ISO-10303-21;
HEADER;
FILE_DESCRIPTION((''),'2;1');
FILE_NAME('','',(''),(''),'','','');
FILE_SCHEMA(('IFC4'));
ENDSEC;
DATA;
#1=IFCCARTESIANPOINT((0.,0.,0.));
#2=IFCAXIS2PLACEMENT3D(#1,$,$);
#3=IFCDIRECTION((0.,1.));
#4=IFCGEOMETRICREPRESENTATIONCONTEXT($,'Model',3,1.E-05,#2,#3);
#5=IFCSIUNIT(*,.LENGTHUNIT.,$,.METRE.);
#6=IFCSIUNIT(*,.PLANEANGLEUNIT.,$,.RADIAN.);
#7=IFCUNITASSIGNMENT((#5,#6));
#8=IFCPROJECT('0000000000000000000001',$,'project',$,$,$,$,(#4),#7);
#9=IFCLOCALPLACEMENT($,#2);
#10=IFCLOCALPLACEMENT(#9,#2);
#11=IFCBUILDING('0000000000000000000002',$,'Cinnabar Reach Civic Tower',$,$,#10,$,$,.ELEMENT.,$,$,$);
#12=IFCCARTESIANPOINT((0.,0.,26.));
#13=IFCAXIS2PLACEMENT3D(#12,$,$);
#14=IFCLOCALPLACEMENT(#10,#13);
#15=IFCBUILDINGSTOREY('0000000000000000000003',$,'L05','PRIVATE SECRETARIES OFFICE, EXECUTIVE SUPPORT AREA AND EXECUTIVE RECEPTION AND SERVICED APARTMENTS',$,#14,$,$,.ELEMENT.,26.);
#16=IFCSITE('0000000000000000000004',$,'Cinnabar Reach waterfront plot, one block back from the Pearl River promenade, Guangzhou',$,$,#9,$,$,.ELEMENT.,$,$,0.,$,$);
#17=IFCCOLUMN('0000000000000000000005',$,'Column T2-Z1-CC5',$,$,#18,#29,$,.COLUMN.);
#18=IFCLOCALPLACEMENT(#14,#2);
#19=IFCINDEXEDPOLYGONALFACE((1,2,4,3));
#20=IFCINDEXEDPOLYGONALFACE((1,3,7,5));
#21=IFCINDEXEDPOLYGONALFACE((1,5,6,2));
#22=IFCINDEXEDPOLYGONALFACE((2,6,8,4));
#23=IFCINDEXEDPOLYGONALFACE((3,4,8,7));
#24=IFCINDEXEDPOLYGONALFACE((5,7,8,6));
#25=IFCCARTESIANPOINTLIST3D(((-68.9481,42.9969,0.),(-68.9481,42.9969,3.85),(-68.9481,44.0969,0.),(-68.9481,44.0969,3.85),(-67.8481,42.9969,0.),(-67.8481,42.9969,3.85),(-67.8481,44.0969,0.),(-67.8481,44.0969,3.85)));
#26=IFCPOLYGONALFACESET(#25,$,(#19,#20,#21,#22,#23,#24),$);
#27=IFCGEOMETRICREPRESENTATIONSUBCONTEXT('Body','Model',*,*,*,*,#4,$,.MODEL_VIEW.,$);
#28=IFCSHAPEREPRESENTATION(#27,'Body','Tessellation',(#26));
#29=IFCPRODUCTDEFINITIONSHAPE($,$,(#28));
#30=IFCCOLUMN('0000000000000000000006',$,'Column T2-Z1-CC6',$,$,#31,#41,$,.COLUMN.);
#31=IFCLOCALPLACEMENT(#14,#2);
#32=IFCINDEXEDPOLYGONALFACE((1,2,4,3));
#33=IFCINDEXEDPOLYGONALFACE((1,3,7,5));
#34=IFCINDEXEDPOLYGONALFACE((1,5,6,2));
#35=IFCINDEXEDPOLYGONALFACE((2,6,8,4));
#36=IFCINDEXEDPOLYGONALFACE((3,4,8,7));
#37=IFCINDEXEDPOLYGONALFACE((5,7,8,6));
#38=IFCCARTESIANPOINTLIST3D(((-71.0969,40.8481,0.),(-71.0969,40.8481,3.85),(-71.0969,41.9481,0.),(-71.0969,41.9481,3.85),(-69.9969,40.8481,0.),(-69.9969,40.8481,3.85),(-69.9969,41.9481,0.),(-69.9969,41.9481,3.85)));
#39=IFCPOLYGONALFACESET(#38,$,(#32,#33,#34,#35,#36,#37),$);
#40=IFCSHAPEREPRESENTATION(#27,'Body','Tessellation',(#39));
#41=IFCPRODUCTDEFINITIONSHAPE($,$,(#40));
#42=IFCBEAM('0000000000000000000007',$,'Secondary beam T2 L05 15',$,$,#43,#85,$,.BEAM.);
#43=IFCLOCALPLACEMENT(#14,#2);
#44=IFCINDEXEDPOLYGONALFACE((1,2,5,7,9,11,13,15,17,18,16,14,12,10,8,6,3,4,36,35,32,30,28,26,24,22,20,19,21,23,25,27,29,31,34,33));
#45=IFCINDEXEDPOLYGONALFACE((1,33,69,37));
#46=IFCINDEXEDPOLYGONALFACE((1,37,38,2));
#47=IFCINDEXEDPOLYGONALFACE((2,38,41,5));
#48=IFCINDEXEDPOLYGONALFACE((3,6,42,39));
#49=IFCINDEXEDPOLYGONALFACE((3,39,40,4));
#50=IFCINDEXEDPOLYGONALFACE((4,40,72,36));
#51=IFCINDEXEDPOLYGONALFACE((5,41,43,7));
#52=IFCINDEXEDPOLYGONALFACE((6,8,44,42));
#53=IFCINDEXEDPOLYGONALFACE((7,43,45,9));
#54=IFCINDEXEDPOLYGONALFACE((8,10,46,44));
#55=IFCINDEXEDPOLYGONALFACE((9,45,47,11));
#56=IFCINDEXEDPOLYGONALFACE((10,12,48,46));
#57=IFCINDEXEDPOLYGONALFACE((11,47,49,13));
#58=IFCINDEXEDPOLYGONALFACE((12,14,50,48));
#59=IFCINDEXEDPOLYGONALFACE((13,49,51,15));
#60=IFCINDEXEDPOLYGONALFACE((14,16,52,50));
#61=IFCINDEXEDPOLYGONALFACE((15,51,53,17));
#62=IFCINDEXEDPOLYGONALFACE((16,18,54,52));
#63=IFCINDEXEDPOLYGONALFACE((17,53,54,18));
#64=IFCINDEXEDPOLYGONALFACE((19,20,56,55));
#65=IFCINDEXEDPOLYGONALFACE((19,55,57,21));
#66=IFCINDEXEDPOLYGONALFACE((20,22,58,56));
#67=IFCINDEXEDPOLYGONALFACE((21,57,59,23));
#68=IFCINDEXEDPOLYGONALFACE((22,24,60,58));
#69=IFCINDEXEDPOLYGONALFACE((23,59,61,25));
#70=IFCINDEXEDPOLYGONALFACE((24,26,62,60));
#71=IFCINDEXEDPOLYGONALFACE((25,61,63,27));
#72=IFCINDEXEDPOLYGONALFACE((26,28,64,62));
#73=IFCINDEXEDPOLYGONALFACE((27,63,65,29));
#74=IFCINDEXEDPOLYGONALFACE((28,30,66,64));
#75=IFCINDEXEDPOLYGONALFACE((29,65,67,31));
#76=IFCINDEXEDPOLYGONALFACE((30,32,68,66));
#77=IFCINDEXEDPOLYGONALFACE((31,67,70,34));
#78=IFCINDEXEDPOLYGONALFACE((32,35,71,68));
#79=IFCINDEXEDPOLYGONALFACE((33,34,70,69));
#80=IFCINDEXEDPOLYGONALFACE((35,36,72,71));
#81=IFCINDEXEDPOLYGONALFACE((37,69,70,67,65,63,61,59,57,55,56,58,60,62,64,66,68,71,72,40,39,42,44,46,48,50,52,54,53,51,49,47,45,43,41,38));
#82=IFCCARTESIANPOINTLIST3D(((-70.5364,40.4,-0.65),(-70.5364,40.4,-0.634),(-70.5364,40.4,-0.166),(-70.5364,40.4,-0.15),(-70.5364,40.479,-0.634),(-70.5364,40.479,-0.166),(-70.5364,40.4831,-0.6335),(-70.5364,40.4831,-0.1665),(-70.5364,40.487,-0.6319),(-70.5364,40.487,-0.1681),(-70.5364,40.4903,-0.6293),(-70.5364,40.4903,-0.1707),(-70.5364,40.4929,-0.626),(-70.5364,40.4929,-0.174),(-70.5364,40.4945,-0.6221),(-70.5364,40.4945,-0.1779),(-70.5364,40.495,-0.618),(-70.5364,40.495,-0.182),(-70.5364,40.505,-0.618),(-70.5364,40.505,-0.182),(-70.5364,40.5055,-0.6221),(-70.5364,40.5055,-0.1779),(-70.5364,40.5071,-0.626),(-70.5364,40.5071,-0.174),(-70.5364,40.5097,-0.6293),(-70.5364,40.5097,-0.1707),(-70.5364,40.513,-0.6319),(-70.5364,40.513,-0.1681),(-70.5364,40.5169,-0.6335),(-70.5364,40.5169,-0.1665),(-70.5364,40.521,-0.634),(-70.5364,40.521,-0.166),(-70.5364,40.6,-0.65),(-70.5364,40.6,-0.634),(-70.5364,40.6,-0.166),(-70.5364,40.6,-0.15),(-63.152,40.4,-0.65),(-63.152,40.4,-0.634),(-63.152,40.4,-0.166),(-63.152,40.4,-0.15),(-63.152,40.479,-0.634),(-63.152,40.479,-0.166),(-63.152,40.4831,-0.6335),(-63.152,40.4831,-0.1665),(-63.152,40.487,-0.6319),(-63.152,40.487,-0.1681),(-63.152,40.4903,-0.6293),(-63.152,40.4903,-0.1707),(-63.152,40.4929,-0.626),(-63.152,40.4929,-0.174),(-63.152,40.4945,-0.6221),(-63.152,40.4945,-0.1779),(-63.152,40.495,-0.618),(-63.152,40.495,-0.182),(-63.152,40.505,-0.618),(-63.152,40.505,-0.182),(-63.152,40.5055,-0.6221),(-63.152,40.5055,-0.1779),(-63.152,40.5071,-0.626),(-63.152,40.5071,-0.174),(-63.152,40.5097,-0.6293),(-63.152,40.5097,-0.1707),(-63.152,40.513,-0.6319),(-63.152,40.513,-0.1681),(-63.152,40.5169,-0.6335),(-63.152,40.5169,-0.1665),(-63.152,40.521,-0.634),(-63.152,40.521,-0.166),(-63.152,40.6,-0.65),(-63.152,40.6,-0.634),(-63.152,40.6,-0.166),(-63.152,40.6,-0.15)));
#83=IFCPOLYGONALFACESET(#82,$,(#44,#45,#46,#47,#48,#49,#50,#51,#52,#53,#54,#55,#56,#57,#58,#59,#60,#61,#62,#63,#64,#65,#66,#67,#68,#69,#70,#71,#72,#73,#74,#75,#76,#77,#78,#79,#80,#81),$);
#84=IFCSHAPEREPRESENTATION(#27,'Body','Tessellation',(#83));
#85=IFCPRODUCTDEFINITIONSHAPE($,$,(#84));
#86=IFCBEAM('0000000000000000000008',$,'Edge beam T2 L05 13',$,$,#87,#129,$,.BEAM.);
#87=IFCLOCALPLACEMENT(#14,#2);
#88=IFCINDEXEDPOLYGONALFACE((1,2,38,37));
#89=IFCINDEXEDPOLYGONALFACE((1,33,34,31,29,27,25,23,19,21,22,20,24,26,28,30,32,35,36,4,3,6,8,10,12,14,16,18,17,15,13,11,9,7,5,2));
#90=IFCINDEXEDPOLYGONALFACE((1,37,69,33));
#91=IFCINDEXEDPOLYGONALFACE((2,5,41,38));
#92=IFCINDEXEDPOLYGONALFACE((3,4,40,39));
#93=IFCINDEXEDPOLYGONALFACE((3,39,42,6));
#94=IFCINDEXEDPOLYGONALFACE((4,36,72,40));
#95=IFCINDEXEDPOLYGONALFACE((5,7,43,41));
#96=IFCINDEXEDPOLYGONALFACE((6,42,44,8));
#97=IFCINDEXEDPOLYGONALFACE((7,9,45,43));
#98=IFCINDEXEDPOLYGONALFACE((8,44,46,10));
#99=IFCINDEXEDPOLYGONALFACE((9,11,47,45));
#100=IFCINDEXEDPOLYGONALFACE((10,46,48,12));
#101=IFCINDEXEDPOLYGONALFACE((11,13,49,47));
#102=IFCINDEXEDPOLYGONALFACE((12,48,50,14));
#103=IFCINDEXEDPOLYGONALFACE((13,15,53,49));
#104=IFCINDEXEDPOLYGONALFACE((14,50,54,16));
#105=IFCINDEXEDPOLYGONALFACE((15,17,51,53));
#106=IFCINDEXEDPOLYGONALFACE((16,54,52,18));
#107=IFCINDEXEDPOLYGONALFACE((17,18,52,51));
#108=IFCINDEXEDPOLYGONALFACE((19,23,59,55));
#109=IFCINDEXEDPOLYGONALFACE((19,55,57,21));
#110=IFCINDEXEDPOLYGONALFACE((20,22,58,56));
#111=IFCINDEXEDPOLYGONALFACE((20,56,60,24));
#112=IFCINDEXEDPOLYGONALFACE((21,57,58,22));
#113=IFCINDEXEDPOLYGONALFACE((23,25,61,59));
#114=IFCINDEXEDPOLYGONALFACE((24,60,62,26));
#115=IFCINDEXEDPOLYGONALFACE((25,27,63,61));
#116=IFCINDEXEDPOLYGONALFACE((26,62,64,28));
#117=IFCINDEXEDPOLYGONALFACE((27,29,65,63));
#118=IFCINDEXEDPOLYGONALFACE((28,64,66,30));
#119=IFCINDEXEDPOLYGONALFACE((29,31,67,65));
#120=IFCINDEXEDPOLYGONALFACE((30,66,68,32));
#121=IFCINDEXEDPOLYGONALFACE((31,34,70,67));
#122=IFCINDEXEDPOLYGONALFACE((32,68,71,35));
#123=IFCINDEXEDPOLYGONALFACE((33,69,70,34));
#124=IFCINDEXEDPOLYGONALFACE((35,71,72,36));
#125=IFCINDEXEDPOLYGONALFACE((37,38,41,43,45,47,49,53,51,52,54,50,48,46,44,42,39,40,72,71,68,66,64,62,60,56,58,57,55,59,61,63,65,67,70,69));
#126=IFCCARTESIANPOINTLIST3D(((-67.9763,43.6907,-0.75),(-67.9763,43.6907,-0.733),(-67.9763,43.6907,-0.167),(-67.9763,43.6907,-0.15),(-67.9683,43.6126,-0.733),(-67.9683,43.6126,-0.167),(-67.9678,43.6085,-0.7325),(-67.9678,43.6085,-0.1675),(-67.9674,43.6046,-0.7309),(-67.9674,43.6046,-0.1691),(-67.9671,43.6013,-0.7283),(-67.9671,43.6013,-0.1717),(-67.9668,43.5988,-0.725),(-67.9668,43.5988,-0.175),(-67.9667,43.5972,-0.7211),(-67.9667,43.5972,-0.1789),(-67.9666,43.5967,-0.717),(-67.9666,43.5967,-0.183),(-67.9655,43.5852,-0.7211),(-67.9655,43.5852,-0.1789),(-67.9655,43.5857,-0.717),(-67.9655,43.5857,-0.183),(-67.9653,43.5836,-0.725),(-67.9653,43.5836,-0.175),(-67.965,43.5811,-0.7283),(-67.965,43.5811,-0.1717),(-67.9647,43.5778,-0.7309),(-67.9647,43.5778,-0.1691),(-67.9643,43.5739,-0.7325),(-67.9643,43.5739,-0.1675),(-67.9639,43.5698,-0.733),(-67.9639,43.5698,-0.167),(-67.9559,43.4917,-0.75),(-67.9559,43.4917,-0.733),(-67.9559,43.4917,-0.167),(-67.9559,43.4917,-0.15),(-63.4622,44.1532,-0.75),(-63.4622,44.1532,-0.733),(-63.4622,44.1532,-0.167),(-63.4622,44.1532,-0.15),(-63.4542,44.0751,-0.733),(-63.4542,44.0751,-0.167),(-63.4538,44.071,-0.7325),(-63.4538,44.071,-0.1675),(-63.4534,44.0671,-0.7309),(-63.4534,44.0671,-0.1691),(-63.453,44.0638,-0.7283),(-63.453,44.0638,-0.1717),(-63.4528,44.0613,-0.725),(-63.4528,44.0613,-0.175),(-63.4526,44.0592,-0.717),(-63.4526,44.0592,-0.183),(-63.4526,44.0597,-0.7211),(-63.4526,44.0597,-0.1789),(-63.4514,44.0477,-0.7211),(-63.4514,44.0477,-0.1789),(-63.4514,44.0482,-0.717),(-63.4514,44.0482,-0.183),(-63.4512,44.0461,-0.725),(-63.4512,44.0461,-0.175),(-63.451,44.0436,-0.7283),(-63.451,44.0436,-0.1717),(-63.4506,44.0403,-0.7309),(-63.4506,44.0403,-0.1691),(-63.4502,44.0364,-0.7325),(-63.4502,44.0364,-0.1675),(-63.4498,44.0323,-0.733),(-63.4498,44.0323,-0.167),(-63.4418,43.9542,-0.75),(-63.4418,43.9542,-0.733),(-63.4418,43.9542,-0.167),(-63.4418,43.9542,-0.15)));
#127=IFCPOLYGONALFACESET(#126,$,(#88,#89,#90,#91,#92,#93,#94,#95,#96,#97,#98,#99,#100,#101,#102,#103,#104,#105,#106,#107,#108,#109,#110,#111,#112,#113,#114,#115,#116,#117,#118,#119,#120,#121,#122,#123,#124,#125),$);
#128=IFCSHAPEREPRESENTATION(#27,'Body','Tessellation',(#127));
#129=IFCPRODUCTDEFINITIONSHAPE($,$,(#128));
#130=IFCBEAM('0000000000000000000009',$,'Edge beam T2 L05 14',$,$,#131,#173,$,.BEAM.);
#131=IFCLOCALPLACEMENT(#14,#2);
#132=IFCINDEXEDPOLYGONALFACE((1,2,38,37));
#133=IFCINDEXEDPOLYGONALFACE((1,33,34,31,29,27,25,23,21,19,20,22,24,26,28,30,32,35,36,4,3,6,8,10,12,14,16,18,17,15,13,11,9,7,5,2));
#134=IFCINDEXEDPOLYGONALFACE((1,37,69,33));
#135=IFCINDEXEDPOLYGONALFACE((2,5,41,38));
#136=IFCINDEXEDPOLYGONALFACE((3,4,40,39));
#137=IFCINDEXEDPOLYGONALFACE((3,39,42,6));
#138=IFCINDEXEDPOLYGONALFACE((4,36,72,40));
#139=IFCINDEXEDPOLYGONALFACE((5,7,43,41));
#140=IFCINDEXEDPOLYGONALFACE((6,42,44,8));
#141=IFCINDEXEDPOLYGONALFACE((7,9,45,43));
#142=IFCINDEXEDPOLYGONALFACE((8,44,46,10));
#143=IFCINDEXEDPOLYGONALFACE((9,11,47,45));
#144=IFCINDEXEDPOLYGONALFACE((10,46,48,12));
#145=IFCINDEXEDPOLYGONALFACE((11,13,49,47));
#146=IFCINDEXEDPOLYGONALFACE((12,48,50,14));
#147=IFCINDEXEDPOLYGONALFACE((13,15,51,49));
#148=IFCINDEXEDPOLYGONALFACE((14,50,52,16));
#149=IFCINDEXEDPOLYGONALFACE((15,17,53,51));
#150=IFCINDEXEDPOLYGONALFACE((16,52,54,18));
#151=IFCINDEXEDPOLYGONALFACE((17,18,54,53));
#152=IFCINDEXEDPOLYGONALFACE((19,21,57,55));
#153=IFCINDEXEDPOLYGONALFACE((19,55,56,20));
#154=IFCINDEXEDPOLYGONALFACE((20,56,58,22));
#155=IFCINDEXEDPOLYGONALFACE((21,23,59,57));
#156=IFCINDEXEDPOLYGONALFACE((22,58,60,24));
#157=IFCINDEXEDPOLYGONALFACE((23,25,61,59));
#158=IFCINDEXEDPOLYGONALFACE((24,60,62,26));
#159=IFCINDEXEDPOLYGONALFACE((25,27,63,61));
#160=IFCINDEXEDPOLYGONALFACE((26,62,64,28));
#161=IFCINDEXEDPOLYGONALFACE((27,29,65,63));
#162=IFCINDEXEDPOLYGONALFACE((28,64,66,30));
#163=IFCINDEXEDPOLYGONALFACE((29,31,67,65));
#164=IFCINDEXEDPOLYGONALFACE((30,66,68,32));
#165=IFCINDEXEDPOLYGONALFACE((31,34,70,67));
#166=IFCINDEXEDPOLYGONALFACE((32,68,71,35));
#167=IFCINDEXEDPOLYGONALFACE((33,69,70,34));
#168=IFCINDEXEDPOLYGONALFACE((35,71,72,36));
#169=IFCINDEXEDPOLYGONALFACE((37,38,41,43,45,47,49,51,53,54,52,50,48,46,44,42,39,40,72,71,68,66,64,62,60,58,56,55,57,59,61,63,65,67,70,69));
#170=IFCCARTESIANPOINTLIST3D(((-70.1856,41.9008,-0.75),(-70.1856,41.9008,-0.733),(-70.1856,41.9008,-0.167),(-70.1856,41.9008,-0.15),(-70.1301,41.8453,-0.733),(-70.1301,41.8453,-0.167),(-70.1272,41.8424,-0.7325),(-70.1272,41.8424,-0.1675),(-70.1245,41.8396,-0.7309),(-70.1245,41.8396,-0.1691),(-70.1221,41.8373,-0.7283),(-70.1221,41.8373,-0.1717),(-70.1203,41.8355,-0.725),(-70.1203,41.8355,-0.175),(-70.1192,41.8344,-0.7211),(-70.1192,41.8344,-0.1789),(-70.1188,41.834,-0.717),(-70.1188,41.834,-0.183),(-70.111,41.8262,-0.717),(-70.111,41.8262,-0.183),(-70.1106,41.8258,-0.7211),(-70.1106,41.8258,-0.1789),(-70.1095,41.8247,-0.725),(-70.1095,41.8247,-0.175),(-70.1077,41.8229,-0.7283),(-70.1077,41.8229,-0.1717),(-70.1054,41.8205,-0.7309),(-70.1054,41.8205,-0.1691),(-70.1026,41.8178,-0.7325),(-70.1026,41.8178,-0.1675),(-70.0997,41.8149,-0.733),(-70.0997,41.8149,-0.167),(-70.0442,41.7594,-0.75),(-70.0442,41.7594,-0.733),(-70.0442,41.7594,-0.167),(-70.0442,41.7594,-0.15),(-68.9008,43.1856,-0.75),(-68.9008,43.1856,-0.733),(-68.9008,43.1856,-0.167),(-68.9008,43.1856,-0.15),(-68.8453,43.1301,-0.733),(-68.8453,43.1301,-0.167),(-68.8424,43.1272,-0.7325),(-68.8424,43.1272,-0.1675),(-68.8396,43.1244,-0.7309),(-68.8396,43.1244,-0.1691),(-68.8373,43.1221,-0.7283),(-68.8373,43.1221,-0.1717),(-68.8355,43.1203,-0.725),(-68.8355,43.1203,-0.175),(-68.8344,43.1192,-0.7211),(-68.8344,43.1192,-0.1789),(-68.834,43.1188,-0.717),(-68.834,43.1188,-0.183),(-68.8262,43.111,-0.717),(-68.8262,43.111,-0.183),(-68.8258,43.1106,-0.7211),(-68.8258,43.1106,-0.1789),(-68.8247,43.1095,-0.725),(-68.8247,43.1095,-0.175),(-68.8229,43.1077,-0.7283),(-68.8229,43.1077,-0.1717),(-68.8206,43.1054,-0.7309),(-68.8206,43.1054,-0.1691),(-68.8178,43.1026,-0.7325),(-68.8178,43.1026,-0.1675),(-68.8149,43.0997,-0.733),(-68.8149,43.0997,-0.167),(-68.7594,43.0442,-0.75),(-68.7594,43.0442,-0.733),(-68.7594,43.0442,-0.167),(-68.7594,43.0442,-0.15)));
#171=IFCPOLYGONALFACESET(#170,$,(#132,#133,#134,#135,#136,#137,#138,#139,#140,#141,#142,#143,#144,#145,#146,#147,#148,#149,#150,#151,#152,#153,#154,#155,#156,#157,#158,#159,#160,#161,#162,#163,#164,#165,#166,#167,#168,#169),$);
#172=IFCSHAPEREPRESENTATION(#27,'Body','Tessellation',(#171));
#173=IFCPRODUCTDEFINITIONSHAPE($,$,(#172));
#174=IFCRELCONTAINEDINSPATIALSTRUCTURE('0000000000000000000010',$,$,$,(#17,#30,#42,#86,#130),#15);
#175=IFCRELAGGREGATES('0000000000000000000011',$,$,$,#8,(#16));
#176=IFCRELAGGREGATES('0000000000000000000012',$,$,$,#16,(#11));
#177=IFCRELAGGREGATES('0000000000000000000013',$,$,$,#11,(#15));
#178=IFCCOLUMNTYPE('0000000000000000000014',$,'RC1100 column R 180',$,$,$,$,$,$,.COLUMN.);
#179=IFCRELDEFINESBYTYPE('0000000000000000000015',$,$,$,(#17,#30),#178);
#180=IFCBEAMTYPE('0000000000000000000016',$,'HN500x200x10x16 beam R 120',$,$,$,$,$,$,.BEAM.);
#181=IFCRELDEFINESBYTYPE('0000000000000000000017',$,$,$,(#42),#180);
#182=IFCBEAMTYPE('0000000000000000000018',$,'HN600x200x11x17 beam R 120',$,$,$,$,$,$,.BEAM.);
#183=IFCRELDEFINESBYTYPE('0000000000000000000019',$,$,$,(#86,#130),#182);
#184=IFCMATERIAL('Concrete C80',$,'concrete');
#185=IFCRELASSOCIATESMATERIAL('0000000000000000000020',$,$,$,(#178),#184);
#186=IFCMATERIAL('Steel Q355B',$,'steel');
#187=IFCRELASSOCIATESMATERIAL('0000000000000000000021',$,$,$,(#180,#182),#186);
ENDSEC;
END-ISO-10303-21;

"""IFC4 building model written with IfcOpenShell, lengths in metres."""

from ifc_helpers import new_model, si_unit, direction, frame, origin, origin_2d, place, context, subcontext, project, spatial, rectangle, i_section, extrude, material, material_profile, profile_set, type_object, element, save


model = new_model("IFC4")

# Units and contexts
model_context = context("Model", 3, precision=1e-05, world=origin(), true_north=direction((0.0, 1.0)))
body_context = subcontext(model_context, "Body", "Model", "MODEL_VIEW")
ifc_project = project(units=[si_unit("LENGTHUNIT", "METRE"), si_unit("PLANEANGLEUNIT", "RADIAN")], contexts=[model_context])

# Site, building, storey
site_placement = place(None, origin())
site = spatial("IfcSite", under=ifc_project, at=site_placement, Name="Cinnabar Reach waterfront plot, one block back from the Pearl River promenade, Guangzhou", CompositionType="ELEMENT", RefElevation=0.0)
building_placement = place(site_placement, origin())
building = spatial("IfcBuilding", under=site, at=building_placement, Name="Cinnabar Reach Civic Tower", CompositionType="ELEMENT")
storey_placement = place(building_placement, frame((0.0, 0.0, 26.0)))
storey = spatial("IfcBuildingStorey", under=building, at=storey_placement, Name="L05", Description="PRIVATE SECRETARIES OFFICE, EXECUTIVE SUPPORT AREA AND EXECUTIVE RECEPTION AND SERVICED APARTMENTS", CompositionType="ELEMENT", Elevation=26.0)

# Columns
ifc_material_1 = material(Name="Concrete C80", Category="concrete")
ifc_material_profile_1 = material_profile(ifc_material_1, rectangle(XDim=1.1, YDim=1.1, at=origin_2d()), Name="RC1100")
ifc_profile_set_1 = profile_set([ifc_material_profile_1], Name="Concrete C80")
column_type = type_object("IfcColumnType", Name="RC1100 column R 180", PredefinedType="COLUMN", material=ifc_profile_set_1)
for number, where, z_axis, x_axis, name in (
    (1, (-68.3981, 43.5469, 0.0), (0.0, 0.0, 1.0), (1.0, 0.0, 0.0), "Column T2-Z1-CC5"),
    (2, (-70.5469, 41.3981, 0.0), (0.0, 0.0, 1.0), (1.0, 0.0, 0.0), "Column T2-Z1-CC6"),
):
    element("IfcColumn", number, at=place(storey_placement, frame(where, z_axis=z_axis, x_axis=x_axis)), inside=storey, type_object=column_type, Name=name, PredefinedType="COLUMN", context=body_context, shape_type="SweptSolid", body=[
        extrude(rectangle(XDim=1.1, YDim=1.1, at=origin_2d()), origin(), (0.0, 0.0, 1.0), 3.85),
    ])

# Beams
ifc_material_2 = material(Name="Steel Q355B", Category="steel")
ifc_material_profile_2 = material_profile(ifc_material_2, i_section(OverallWidth=0.2, OverallDepth=0.5, WebThickness=0.01, FlangeThickness=0.016, FilletRadius=0.016, at=origin_2d()), Name="HN500x200x10x16")
ifc_profile_set_2 = profile_set([ifc_material_profile_2], Name="Steel Q355B")
beam_type_1 = type_object("IfcBeamType", Name="HN500x200x10x16 beam R 120", PredefinedType="BEAM", material=ifc_profile_set_2)
beam_1_placement = place(storey_placement, frame((-70.5364, 40.5, -0.4), z_axis=(1.0, 0.0, 0.0), x_axis=(0.0, 1.0, 0.0)))
element("IfcBeam", 3, at=beam_1_placement, inside=storey, type_object=beam_type_1, Name="Secondary beam T2 L05 15", PredefinedType="BEAM", context=body_context, shape_type="SweptSolid", body=[
    extrude(i_section(OverallWidth=0.2, OverallDepth=0.5, WebThickness=0.01, FlangeThickness=0.016, FilletRadius=0.016, at=origin_2d()), origin(), (0.0, 0.0, 1.0), 7.3844),
])
ifc_material_profile_3 = material_profile(ifc_material_2, i_section(OverallWidth=0.2, OverallDepth=0.6, WebThickness=0.011, FlangeThickness=0.017, FilletRadius=0.016, at=origin_2d()), Name="HN600x200x11x17")
ifc_profile_set_3 = profile_set([ifc_material_profile_3], Name="Steel Q355B")
beam_type_2 = type_object("IfcBeamType", Name="HN600x200x11x17 beam R 120", PredefinedType="BEAM", material=ifc_profile_set_3)
beam_2_placement = place(storey_placement, frame((-63.452, 44.0537, -0.45), z_axis=(-0.994792, -0.101923, 0.0), x_axis=(0.101923, -0.994792, 0.0)))
element("IfcBeam", 4, at=beam_2_placement, inside=storey, type_object=beam_type_2, Name="Edge beam T2 L05 13", PredefinedType="BEAM", context=body_context, shape_type="SweptSolid", body=[
    extrude(i_section(OverallWidth=0.2, OverallDepth=0.6, WebThickness=0.011, FlangeThickness=0.017, FilletRadius=0.016, at=origin_2d()), origin(), (0.0, 0.0, 1.0), 4.5377),
])
beam_3_placement = place(storey_placement, frame((-68.8301, 43.1149, -0.45), z_axis=(-0.707107, -0.707107, 0.0), x_axis=(0.707107, -0.707107, 0.0)))
element("IfcBeam", 5, at=beam_3_placement, inside=storey, type_object=beam_type_2, Name="Edge beam T2 L05 14", PredefinedType="BEAM", context=body_context, shape_type="SweptSolid", body=[
    extrude(i_section(OverallWidth=0.2, OverallDepth=0.6, WebThickness=0.011, FlangeThickness=0.017, FilletRadius=0.016, at=origin_2d()), origin(), (0.0, 0.0, 1.0), 1.817),
])

save(model, "model.ifc")
